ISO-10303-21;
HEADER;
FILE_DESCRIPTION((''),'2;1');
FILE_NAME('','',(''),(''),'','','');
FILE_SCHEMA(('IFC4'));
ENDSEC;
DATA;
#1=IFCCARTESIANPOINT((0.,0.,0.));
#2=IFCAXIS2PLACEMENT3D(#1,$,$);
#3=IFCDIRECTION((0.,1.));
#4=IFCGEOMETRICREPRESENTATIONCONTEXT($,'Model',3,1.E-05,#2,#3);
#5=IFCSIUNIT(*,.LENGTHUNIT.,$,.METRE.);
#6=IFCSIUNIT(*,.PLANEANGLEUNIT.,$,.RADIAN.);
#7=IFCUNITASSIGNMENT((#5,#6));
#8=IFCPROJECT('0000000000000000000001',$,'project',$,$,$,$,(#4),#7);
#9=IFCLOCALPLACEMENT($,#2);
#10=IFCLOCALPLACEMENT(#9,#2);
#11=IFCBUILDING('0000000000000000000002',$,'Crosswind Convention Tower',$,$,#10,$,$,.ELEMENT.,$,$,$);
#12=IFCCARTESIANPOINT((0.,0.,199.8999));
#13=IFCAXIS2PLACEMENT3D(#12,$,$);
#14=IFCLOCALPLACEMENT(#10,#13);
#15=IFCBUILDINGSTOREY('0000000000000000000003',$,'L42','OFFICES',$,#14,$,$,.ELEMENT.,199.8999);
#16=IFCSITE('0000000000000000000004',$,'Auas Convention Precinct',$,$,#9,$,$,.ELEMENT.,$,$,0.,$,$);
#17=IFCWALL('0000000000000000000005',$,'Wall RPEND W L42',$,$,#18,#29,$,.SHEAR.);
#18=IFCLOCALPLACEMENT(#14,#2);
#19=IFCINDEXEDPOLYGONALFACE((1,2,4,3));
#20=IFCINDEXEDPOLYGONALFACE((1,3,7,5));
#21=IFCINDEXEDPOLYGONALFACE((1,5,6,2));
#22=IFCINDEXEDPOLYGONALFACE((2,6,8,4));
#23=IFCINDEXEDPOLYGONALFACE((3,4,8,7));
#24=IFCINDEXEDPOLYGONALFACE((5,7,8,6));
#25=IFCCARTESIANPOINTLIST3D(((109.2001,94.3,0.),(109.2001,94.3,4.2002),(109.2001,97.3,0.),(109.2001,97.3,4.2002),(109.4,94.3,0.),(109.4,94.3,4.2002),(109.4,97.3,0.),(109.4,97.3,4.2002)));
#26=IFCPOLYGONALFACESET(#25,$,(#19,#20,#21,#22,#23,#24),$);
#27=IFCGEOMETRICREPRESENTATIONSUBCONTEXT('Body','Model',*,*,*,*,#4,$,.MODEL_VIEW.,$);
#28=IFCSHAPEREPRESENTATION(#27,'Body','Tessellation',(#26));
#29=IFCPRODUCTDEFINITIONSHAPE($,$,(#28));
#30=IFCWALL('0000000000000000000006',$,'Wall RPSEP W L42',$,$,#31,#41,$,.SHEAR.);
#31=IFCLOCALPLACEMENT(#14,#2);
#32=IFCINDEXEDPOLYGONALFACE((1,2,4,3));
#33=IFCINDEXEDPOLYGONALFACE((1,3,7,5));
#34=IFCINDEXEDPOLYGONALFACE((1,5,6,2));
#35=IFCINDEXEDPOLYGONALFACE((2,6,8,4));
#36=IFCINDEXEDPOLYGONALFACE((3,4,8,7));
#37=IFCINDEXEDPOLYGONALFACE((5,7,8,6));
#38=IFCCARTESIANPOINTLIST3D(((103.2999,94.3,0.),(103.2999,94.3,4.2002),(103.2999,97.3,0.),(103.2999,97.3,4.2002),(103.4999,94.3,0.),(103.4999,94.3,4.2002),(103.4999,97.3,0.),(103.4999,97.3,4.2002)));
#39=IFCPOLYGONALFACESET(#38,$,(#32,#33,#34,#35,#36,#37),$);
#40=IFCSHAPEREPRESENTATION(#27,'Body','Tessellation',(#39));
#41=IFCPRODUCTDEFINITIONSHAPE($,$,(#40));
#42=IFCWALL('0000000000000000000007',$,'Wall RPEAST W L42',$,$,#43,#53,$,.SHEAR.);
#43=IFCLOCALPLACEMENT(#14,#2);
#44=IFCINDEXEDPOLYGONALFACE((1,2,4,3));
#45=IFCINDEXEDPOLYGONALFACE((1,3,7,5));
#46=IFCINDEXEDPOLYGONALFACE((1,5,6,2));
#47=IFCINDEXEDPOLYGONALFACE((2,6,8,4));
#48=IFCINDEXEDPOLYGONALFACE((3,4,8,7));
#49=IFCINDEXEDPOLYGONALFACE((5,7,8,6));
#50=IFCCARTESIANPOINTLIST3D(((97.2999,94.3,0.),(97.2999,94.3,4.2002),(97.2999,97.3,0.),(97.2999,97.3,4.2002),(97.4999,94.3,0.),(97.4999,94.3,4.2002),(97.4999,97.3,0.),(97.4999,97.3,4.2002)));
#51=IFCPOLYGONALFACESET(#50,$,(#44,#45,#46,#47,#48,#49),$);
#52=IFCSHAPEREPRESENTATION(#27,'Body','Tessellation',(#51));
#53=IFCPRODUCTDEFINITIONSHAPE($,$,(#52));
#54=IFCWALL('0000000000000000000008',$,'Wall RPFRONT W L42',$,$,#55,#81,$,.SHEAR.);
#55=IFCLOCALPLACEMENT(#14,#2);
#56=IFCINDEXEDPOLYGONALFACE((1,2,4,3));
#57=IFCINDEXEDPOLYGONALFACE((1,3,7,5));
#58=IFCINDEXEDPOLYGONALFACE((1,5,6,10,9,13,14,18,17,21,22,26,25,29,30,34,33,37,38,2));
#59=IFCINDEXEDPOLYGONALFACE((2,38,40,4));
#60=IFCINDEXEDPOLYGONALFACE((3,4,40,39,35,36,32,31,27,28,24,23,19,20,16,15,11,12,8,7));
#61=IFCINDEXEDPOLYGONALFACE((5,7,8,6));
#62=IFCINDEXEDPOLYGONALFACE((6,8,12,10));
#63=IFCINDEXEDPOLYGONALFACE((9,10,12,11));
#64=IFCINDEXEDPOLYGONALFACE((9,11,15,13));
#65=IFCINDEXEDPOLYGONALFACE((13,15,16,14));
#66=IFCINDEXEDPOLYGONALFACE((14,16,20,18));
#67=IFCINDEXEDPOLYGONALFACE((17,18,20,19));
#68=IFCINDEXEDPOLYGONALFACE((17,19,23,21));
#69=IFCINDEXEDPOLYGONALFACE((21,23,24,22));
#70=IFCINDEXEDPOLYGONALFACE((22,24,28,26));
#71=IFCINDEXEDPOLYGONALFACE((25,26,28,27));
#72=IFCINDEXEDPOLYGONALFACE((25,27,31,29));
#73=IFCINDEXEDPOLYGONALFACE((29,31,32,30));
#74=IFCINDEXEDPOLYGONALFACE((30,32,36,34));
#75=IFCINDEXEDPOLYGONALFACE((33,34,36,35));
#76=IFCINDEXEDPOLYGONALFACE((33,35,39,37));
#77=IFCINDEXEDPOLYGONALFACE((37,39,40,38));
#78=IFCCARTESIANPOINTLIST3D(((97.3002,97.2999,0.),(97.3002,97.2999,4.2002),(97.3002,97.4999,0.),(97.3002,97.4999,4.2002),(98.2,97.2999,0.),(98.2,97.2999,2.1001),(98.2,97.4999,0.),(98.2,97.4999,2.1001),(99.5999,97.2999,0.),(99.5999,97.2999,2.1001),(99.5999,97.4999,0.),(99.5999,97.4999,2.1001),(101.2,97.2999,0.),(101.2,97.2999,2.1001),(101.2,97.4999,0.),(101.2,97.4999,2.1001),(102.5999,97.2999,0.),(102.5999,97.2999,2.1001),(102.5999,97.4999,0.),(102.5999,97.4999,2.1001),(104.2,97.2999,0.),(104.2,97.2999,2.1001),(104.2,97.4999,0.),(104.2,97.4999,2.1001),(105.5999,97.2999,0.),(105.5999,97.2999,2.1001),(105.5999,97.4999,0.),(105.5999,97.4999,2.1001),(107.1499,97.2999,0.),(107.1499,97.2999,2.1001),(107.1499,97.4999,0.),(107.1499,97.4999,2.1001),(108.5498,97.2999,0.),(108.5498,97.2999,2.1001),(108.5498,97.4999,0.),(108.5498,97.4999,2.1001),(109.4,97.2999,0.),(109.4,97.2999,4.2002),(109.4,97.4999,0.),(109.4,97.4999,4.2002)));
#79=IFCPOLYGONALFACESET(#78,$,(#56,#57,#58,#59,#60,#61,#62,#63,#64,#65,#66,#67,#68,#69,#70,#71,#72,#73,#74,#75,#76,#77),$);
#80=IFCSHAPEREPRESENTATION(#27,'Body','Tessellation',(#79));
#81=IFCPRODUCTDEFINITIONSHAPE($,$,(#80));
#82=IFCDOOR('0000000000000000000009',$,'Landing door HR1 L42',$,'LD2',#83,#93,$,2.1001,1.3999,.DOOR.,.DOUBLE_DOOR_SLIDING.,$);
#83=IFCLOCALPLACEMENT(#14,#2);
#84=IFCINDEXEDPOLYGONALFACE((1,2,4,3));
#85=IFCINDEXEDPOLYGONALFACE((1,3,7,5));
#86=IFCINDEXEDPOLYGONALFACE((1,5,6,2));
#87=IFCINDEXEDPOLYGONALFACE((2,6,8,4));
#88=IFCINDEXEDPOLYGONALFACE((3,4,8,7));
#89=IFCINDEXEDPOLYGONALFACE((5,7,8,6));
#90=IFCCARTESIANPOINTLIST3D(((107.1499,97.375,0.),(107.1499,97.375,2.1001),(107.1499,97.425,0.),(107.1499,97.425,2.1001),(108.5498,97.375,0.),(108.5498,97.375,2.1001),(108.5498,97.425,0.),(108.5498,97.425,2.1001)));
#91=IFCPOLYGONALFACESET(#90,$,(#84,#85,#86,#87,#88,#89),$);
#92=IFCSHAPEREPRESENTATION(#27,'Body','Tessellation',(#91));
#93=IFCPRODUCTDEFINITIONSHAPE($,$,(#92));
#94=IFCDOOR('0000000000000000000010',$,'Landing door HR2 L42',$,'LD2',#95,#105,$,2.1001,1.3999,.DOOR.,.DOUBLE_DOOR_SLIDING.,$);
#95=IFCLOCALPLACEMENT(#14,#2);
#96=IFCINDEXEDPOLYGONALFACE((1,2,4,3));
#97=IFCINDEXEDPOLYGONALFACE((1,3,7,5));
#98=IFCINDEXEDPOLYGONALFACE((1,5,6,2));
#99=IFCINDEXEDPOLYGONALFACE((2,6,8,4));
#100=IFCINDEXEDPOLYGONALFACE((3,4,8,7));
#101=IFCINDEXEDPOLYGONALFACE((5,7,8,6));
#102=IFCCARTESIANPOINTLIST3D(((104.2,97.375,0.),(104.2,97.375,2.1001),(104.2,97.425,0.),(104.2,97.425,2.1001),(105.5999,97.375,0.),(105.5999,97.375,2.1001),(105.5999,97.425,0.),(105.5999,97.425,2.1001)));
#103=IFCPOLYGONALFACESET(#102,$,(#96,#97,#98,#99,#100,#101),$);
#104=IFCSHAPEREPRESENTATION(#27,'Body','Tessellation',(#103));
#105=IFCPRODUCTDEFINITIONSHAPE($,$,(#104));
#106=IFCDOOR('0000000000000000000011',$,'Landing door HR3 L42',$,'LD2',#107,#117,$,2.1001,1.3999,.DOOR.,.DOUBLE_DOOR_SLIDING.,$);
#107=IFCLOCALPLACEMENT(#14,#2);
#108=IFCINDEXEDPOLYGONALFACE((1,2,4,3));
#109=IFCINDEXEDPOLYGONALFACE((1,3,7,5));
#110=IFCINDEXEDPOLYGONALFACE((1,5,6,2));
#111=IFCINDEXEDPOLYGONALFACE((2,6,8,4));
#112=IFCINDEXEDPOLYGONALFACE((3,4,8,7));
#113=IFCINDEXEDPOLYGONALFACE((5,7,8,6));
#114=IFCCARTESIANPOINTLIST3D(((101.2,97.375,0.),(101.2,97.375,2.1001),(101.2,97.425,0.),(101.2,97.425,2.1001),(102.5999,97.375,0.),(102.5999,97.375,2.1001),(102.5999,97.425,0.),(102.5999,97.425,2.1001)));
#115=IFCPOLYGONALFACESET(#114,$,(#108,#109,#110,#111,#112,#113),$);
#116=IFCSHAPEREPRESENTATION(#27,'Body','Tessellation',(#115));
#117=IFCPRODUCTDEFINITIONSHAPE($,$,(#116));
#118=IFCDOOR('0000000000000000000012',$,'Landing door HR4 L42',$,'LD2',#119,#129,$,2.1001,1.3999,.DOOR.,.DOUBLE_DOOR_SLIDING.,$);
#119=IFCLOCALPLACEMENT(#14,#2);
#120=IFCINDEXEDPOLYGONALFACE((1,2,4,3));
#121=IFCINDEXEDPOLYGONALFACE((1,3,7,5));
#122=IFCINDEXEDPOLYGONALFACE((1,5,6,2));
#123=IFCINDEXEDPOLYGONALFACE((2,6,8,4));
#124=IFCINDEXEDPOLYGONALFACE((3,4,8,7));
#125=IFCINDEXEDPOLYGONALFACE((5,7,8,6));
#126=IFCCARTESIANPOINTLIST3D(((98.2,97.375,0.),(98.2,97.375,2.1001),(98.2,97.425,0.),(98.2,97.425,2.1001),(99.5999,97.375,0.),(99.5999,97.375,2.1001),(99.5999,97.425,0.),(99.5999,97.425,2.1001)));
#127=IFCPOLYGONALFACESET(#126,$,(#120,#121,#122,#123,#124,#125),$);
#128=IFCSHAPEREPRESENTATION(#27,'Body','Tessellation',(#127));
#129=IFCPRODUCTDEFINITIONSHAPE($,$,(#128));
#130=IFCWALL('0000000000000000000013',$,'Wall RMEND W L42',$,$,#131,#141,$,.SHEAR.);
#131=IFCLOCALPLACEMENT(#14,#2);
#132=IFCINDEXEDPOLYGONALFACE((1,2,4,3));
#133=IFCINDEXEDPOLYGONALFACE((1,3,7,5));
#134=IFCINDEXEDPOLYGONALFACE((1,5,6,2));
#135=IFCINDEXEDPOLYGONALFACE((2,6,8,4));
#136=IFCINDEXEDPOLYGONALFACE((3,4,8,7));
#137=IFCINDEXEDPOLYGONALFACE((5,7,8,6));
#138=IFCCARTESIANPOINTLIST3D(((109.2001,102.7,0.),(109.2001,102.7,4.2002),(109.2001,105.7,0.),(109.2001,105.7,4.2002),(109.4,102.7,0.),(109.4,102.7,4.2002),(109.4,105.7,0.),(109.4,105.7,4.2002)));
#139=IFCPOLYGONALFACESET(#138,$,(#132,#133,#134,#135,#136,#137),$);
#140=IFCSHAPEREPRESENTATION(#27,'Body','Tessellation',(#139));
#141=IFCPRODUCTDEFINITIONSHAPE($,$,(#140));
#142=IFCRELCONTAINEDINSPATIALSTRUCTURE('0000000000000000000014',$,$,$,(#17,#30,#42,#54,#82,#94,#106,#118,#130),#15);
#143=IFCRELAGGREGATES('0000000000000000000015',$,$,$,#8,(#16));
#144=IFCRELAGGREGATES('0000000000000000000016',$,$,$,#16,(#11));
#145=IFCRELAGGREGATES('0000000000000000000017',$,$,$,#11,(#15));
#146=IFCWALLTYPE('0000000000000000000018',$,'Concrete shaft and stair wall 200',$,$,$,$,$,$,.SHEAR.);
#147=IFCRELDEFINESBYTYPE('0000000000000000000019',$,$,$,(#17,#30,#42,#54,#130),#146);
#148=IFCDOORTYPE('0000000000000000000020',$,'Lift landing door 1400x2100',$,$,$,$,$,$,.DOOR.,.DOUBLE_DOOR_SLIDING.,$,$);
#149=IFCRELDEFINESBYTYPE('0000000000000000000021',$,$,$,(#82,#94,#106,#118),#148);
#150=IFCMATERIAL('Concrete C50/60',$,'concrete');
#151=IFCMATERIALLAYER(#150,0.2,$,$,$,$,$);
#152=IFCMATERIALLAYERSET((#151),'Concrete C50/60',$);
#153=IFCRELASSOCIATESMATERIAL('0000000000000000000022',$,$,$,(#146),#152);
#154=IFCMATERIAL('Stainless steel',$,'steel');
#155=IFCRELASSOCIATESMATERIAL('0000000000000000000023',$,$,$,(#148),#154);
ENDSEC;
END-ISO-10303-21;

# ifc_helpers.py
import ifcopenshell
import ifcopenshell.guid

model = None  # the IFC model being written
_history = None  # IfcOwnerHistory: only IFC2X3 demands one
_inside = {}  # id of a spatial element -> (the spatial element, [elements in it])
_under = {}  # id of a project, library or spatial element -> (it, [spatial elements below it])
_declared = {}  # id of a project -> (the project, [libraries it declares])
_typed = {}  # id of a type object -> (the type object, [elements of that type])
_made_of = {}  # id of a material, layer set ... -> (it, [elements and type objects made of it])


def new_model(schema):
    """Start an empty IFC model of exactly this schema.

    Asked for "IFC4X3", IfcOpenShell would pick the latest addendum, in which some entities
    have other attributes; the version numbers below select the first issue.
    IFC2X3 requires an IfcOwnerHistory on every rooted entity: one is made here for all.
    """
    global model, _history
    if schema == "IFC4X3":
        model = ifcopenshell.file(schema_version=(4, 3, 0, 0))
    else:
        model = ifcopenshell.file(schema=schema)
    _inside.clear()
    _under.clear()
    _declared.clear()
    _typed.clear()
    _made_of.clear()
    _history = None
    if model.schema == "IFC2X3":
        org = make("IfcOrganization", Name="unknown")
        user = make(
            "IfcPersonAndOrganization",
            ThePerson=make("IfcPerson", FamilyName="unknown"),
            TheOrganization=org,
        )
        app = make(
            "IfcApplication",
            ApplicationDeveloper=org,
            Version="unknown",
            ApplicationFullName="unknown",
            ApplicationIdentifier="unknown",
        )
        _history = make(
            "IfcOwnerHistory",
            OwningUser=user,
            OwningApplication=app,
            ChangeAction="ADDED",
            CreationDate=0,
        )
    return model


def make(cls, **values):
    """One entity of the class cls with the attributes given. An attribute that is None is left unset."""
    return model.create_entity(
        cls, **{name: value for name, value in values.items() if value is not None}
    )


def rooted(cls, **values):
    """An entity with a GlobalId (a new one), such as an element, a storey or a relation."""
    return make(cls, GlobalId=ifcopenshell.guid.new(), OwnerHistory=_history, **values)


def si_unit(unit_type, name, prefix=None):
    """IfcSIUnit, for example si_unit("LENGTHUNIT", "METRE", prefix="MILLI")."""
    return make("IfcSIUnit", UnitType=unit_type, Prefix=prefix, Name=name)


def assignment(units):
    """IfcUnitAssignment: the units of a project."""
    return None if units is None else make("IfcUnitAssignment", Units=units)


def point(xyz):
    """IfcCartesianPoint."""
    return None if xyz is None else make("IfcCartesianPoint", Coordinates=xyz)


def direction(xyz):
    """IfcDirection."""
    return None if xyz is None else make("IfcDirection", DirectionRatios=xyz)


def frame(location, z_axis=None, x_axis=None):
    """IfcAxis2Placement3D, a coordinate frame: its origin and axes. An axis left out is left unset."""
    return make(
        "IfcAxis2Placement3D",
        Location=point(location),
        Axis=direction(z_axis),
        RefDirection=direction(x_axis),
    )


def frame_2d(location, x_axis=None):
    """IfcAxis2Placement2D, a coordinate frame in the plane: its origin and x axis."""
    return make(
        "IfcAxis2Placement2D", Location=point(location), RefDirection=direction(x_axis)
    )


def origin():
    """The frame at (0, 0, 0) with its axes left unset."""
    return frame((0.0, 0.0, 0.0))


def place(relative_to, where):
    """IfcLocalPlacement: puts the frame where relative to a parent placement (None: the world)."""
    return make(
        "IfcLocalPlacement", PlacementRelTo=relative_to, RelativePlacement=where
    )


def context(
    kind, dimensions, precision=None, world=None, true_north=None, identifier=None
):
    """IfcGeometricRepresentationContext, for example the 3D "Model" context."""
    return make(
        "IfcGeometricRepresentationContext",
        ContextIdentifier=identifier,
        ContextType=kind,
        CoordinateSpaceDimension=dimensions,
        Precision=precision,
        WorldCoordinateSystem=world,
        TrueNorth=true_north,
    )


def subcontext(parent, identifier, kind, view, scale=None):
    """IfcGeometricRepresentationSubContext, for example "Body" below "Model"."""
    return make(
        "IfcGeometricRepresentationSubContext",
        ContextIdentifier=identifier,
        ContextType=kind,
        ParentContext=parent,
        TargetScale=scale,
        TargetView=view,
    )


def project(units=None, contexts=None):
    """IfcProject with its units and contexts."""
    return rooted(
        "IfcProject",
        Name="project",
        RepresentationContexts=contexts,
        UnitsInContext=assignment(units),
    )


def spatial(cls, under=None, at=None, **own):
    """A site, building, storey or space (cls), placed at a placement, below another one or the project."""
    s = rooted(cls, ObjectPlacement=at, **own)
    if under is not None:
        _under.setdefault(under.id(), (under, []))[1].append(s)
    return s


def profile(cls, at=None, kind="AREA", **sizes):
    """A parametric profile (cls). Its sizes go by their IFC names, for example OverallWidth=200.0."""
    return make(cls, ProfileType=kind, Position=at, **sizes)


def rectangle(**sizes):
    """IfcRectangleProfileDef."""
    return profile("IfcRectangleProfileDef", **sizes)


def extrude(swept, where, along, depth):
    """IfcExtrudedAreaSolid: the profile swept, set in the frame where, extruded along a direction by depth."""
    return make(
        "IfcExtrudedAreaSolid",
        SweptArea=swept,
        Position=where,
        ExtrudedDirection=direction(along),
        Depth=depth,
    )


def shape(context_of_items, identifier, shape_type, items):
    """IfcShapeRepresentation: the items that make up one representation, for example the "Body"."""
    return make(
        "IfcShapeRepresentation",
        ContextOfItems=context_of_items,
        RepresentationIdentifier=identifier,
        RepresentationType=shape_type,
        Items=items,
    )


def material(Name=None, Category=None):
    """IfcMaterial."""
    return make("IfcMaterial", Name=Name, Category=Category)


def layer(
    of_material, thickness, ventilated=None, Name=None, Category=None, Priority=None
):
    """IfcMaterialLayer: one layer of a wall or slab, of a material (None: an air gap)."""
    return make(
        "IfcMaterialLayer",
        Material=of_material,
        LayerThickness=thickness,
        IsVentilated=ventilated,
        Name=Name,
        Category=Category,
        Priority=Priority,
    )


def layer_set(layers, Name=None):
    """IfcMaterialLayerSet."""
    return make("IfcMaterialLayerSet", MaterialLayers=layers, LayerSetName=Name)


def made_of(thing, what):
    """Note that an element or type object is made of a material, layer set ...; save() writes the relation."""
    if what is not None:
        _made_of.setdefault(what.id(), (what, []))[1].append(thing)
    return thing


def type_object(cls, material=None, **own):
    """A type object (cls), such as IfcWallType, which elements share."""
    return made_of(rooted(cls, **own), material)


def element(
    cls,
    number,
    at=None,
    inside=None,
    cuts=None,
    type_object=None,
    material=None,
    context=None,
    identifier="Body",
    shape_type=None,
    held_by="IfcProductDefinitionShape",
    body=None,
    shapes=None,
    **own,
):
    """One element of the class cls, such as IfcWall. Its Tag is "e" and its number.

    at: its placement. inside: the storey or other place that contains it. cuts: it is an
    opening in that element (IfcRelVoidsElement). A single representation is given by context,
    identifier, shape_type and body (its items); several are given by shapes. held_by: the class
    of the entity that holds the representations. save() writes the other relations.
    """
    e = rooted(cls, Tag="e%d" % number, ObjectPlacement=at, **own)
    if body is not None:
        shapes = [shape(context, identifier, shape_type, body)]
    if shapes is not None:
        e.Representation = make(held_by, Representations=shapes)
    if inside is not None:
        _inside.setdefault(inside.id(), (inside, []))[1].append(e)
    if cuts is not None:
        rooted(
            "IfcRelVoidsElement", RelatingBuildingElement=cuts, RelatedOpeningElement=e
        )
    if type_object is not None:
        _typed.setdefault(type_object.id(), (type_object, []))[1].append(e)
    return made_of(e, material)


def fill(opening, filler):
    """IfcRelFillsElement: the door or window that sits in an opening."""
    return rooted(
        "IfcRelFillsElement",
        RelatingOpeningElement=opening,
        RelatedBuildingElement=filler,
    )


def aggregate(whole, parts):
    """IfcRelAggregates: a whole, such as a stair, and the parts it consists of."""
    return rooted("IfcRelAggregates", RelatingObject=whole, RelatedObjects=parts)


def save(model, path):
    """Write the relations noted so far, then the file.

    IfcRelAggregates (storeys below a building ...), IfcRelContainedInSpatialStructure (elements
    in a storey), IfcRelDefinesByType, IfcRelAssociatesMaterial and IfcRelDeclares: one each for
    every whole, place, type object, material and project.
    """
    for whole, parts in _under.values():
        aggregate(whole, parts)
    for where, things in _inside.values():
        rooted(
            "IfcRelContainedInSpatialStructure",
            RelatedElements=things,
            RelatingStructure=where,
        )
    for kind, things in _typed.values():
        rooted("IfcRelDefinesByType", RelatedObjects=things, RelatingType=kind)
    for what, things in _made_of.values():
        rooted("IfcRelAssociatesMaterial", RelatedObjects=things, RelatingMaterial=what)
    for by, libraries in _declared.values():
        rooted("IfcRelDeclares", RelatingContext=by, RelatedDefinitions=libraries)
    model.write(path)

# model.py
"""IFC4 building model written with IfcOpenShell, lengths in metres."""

from ifc_helpers import new_model, si_unit, direction, frame, frame_2d, origin, place, context, subcontext, project, spatial, rectangle, extrude, material, layer, layer_set, type_object, element, fill, save


model = new_model("IFC4")

# Units and contexts
model_context = context("Model", 3, precision=1e-05, world=origin(), true_north=direction((0.0, 1.0)))
body_context = subcontext(model_context, "Body", "Model", "MODEL_VIEW")
ifc_project = project(units=[si_unit("LENGTHUNIT", "METRE"), si_unit("PLANEANGLEUNIT", "RADIAN")], contexts=[model_context])

# Site, building, storey
site_placement = place(None, origin())
site = spatial("IfcSite", under=ifc_project, at=site_placement, Name="Auas Convention Precinct", CompositionType="ELEMENT", RefElevation=0.0)
building_placement = place(site_placement, origin())
building = spatial("IfcBuilding", under=site, at=building_placement, Name="Crosswind Convention Tower", CompositionType="ELEMENT")
storey_placement = place(building_placement, frame((0.0, 0.0, 199.8999)))
storey = spatial("IfcBuildingStorey", under=building, at=storey_placement, Name="L42", Description="OFFICES", CompositionType="ELEMENT", Elevation=199.8999)

# Walls
ifc_material_1 = material(Name="Concrete C50/60", Category="concrete")
ifc_layer_1 = layer(ifc_material_1, 0.2)
ifc_layer_set_1 = layer_set([ifc_layer_1], Name="Concrete C50/60")
wall_type_1 = type_object("IfcWallType", Name="Concrete shaft and stair wall 200", PredefinedType="SHEAR", material=ifc_layer_set_1)
for number, where, z_axis, x_axis, name in (
    (1, (109.3, 97.3, 0.0), (0.0, 0.0, 1.0), (0.0, -1.0, 0.0), "Wall RPEND W L42"),
    (2, (103.3999, 97.3, 0.0), (0.0, 0.0, 1.0), (0.0, -1.0, 0.0), "Wall RPSEP W L42"),
    (3, (97.3999, 97.3, 0.0), (0.0, 0.0, 1.0), (0.0, -1.0, 0.0), "Wall RPEAST W L42"),
):
    element("IfcWall", number, at=place(storey_placement, frame(where, z_axis=z_axis, x_axis=x_axis)), inside=storey, type_object=wall_type_1, Name=name, PredefinedType="SHEAR", context=body_context, shape_type="SweptSolid", body=[
        extrude(rectangle(XDim=3.0, YDim=0.2, at=frame_2d((1.5, 0.0))), origin(), (0.0, 0.0, 1.0), 4.2002),
    ])

# Wall, openings, doors
wall_1_placement = place(storey_placement, frame((109.3999, 97.3999, 0.0), z_axis=(0.0, 0.0, 1.0), x_axis=(-1.0, 0.0, 0.0)))
wall_1 = element("IfcWall", 4, at=wall_1_placement, inside=storey, type_object=wall_type_1, Name="Wall RPFRONT W L42", PredefinedType="SHEAR", context=body_context, shape_type="SweptSolid", body=[
    extrude(rectangle(XDim=12.0999, YDim=0.2, at=frame_2d((6.0498, 0.0))), origin(), (0.0, 0.0, 1.0), 4.2002),
])
opening_1_placement = place(wall_1_placement, frame((0.8501, 0.0, 0.0)))
opening_1 = element("IfcOpeningElement", 5, at=opening_1_placement, cuts=wall_1, PredefinedType="OPENING", context=body_context, shape_type="SweptSolid", body=[
    extrude(rectangle(XDim=1.3999, YDim=2.1001, at=frame_2d((0.7, 1.05))), frame((0.0, 0.1099, 0.0), z_axis=(0.0, -1.0, 0.0), x_axis=(1.0, 0.0, 0.0)), (0.0, 0.0, 1.0), 0.22),
])
opening_2_placement = place(wall_1_placement, frame((3.8, 0.0, 0.0)))
opening_2 = element("IfcOpeningElement", 6, at=opening_2_placement, cuts=wall_1, PredefinedType="OPENING", context=body_context, shape_type="SweptSolid", body=[
    extrude(rectangle(XDim=1.3999, YDim=2.1001, at=frame_2d((0.7, 1.05))), frame((0.0, 0.1099, 0.0), z_axis=(0.0, -1.0, 0.0), x_axis=(1.0, 0.0, 0.0)), (0.0, 0.0, 1.0), 0.22),
])
opening_3_placement = place(wall_1_placement, frame((6.8, 0.0, 0.0)))
opening_3 = element("IfcOpeningElement", 7, at=opening_3_placement, cuts=wall_1, PredefinedType="OPENING", context=body_context, shape_type="SweptSolid", body=[
    extrude(rectangle(XDim=1.3999, YDim=2.1001, at=frame_2d((0.7, 1.05))), frame((0.0, 0.1099, 0.0), z_axis=(0.0, -1.0, 0.0), x_axis=(1.0, 0.0, 0.0)), (0.0, 0.0, 1.0), 0.22),
])
opening_4_placement = place(wall_1_placement, frame((9.8, 0.0, 0.0)))
opening_4 = element("IfcOpeningElement", 8, at=opening_4_placement, cuts=wall_1, PredefinedType="OPENING", context=body_context, shape_type="SweptSolid", body=[
    extrude(rectangle(XDim=1.3999, YDim=2.1001, at=frame_2d((0.7, 1.05))), frame((0.0, 0.1099, 0.0), z_axis=(0.0, -1.0, 0.0), x_axis=(1.0, 0.0, 0.0)), (0.0, 0.0, 1.0), 0.22),
])
ifc_material_2 = material(Name="Stainless steel", Category="steel")
door_type_1 = type_object("IfcDoorType", Name="Lift landing door 1400x2100", OperationType="DOUBLE_DOOR_SLIDING", PredefinedType="DOOR", material=ifc_material_2)
door_1_placement = place(opening_1_placement, origin())
door_1 = element("IfcDoor", 9, at=door_1_placement, inside=storey, type_object=door_type_1, Name="Landing door HR1 L42", ObjectType="LD2", OperationType="DOUBLE_DOOR_SLIDING", OverallHeight=2.1001, OverallWidth=1.3999, PredefinedType="DOOR", context=body_context, shape_type="SweptSolid", body=[
    extrude(rectangle(XDim=1.3999, YDim=2.1001, at=frame_2d((0.7, 1.05))), frame((0.0, 0.0249, 0.0), z_axis=(0.0, -1.0, 0.0), x_axis=(1.0, 0.0, 0.0)), (0.0, 0.0, 1.0), 0.05),
])
fill(opening_1, door_1)
door_2_placement = place(opening_2_placement, origin())
door_2 = element("IfcDoor", 10, at=door_2_placement, inside=storey, type_object=door_type_1, Name="Landing door HR2 L42", ObjectType="LD2", OperationType="DOUBLE_DOOR_SLIDING", OverallHeight=2.1001, OverallWidth=1.3999, PredefinedType="DOOR", context=body_context, shape_type="SweptSolid", body=[
    extrude(rectangle(XDim=1.3999, YDim=2.1001, at=frame_2d((0.7, 1.05))), frame((0.0, 0.0249, 0.0), z_axis=(0.0, -1.0, 0.0), x_axis=(1.0, 0.0, 0.0)), (0.0, 0.0, 1.0), 0.05),
])
fill(opening_2, door_2)
door_3_placement = place(opening_3_placement, origin())
door_3 = element("IfcDoor", 11, at=door_3_placement, inside=storey, type_object=door_type_1, Name="Landing door HR3 L42", ObjectType="LD2", OperationType="DOUBLE_DOOR_SLIDING", OverallHeight=2.1001, OverallWidth=1.3999, PredefinedType="DOOR", context=body_context, shape_type="SweptSolid", body=[
    extrude(rectangle(XDim=1.3999, YDim=2.1001, at=frame_2d((0.7, 1.05))), frame((0.0, 0.0249, 0.0), z_axis=(0.0, -1.0, 0.0), x_axis=(1.0, 0.0, 0.0)), (0.0, 0.0, 1.0), 0.05),
])
fill(opening_3, door_3)
door_4_placement = place(opening_4_placement, origin())
door_4 = element("IfcDoor", 12, at=door_4_placement, inside=storey, type_object=door_type_1, Name="Landing door HR4 L42", ObjectType="LD2", OperationType="DOUBLE_DOOR_SLIDING", OverallHeight=2.1001, OverallWidth=1.3999, PredefinedType="DOOR", context=body_context, shape_type="SweptSolid", body=[
    extrude(rectangle(XDim=1.3999, YDim=2.1001, at=frame_2d((0.7, 1.05))), frame((0.0, 0.0249, 0.0), z_axis=(0.0, -1.0, 0.0), x_axis=(1.0, 0.0, 0.0)), (0.0, 0.0, 1.0), 0.05),
])
fill(opening_4, door_4)

# Wall
wall_2_placement = place(storey_placement, frame((109.3, 105.7, 0.0), z_axis=(0.0, 0.0, 1.0), x_axis=(0.0, -1.0, 0.0)))
element("IfcWall", 13, at=wall_2_placement, inside=storey, type_object=wall_type_1, Name="Wall RMEND W L42", PredefinedType="SHEAR", context=body_context, shape_type="SweptSolid", body=[
    extrude(rectangle(XDim=3.0, YDim=0.2, at=frame_2d((1.5, 0.0))), origin(), (0.0, 0.0, 1.0), 4.2002),
])

save(model, "model.ifc")
